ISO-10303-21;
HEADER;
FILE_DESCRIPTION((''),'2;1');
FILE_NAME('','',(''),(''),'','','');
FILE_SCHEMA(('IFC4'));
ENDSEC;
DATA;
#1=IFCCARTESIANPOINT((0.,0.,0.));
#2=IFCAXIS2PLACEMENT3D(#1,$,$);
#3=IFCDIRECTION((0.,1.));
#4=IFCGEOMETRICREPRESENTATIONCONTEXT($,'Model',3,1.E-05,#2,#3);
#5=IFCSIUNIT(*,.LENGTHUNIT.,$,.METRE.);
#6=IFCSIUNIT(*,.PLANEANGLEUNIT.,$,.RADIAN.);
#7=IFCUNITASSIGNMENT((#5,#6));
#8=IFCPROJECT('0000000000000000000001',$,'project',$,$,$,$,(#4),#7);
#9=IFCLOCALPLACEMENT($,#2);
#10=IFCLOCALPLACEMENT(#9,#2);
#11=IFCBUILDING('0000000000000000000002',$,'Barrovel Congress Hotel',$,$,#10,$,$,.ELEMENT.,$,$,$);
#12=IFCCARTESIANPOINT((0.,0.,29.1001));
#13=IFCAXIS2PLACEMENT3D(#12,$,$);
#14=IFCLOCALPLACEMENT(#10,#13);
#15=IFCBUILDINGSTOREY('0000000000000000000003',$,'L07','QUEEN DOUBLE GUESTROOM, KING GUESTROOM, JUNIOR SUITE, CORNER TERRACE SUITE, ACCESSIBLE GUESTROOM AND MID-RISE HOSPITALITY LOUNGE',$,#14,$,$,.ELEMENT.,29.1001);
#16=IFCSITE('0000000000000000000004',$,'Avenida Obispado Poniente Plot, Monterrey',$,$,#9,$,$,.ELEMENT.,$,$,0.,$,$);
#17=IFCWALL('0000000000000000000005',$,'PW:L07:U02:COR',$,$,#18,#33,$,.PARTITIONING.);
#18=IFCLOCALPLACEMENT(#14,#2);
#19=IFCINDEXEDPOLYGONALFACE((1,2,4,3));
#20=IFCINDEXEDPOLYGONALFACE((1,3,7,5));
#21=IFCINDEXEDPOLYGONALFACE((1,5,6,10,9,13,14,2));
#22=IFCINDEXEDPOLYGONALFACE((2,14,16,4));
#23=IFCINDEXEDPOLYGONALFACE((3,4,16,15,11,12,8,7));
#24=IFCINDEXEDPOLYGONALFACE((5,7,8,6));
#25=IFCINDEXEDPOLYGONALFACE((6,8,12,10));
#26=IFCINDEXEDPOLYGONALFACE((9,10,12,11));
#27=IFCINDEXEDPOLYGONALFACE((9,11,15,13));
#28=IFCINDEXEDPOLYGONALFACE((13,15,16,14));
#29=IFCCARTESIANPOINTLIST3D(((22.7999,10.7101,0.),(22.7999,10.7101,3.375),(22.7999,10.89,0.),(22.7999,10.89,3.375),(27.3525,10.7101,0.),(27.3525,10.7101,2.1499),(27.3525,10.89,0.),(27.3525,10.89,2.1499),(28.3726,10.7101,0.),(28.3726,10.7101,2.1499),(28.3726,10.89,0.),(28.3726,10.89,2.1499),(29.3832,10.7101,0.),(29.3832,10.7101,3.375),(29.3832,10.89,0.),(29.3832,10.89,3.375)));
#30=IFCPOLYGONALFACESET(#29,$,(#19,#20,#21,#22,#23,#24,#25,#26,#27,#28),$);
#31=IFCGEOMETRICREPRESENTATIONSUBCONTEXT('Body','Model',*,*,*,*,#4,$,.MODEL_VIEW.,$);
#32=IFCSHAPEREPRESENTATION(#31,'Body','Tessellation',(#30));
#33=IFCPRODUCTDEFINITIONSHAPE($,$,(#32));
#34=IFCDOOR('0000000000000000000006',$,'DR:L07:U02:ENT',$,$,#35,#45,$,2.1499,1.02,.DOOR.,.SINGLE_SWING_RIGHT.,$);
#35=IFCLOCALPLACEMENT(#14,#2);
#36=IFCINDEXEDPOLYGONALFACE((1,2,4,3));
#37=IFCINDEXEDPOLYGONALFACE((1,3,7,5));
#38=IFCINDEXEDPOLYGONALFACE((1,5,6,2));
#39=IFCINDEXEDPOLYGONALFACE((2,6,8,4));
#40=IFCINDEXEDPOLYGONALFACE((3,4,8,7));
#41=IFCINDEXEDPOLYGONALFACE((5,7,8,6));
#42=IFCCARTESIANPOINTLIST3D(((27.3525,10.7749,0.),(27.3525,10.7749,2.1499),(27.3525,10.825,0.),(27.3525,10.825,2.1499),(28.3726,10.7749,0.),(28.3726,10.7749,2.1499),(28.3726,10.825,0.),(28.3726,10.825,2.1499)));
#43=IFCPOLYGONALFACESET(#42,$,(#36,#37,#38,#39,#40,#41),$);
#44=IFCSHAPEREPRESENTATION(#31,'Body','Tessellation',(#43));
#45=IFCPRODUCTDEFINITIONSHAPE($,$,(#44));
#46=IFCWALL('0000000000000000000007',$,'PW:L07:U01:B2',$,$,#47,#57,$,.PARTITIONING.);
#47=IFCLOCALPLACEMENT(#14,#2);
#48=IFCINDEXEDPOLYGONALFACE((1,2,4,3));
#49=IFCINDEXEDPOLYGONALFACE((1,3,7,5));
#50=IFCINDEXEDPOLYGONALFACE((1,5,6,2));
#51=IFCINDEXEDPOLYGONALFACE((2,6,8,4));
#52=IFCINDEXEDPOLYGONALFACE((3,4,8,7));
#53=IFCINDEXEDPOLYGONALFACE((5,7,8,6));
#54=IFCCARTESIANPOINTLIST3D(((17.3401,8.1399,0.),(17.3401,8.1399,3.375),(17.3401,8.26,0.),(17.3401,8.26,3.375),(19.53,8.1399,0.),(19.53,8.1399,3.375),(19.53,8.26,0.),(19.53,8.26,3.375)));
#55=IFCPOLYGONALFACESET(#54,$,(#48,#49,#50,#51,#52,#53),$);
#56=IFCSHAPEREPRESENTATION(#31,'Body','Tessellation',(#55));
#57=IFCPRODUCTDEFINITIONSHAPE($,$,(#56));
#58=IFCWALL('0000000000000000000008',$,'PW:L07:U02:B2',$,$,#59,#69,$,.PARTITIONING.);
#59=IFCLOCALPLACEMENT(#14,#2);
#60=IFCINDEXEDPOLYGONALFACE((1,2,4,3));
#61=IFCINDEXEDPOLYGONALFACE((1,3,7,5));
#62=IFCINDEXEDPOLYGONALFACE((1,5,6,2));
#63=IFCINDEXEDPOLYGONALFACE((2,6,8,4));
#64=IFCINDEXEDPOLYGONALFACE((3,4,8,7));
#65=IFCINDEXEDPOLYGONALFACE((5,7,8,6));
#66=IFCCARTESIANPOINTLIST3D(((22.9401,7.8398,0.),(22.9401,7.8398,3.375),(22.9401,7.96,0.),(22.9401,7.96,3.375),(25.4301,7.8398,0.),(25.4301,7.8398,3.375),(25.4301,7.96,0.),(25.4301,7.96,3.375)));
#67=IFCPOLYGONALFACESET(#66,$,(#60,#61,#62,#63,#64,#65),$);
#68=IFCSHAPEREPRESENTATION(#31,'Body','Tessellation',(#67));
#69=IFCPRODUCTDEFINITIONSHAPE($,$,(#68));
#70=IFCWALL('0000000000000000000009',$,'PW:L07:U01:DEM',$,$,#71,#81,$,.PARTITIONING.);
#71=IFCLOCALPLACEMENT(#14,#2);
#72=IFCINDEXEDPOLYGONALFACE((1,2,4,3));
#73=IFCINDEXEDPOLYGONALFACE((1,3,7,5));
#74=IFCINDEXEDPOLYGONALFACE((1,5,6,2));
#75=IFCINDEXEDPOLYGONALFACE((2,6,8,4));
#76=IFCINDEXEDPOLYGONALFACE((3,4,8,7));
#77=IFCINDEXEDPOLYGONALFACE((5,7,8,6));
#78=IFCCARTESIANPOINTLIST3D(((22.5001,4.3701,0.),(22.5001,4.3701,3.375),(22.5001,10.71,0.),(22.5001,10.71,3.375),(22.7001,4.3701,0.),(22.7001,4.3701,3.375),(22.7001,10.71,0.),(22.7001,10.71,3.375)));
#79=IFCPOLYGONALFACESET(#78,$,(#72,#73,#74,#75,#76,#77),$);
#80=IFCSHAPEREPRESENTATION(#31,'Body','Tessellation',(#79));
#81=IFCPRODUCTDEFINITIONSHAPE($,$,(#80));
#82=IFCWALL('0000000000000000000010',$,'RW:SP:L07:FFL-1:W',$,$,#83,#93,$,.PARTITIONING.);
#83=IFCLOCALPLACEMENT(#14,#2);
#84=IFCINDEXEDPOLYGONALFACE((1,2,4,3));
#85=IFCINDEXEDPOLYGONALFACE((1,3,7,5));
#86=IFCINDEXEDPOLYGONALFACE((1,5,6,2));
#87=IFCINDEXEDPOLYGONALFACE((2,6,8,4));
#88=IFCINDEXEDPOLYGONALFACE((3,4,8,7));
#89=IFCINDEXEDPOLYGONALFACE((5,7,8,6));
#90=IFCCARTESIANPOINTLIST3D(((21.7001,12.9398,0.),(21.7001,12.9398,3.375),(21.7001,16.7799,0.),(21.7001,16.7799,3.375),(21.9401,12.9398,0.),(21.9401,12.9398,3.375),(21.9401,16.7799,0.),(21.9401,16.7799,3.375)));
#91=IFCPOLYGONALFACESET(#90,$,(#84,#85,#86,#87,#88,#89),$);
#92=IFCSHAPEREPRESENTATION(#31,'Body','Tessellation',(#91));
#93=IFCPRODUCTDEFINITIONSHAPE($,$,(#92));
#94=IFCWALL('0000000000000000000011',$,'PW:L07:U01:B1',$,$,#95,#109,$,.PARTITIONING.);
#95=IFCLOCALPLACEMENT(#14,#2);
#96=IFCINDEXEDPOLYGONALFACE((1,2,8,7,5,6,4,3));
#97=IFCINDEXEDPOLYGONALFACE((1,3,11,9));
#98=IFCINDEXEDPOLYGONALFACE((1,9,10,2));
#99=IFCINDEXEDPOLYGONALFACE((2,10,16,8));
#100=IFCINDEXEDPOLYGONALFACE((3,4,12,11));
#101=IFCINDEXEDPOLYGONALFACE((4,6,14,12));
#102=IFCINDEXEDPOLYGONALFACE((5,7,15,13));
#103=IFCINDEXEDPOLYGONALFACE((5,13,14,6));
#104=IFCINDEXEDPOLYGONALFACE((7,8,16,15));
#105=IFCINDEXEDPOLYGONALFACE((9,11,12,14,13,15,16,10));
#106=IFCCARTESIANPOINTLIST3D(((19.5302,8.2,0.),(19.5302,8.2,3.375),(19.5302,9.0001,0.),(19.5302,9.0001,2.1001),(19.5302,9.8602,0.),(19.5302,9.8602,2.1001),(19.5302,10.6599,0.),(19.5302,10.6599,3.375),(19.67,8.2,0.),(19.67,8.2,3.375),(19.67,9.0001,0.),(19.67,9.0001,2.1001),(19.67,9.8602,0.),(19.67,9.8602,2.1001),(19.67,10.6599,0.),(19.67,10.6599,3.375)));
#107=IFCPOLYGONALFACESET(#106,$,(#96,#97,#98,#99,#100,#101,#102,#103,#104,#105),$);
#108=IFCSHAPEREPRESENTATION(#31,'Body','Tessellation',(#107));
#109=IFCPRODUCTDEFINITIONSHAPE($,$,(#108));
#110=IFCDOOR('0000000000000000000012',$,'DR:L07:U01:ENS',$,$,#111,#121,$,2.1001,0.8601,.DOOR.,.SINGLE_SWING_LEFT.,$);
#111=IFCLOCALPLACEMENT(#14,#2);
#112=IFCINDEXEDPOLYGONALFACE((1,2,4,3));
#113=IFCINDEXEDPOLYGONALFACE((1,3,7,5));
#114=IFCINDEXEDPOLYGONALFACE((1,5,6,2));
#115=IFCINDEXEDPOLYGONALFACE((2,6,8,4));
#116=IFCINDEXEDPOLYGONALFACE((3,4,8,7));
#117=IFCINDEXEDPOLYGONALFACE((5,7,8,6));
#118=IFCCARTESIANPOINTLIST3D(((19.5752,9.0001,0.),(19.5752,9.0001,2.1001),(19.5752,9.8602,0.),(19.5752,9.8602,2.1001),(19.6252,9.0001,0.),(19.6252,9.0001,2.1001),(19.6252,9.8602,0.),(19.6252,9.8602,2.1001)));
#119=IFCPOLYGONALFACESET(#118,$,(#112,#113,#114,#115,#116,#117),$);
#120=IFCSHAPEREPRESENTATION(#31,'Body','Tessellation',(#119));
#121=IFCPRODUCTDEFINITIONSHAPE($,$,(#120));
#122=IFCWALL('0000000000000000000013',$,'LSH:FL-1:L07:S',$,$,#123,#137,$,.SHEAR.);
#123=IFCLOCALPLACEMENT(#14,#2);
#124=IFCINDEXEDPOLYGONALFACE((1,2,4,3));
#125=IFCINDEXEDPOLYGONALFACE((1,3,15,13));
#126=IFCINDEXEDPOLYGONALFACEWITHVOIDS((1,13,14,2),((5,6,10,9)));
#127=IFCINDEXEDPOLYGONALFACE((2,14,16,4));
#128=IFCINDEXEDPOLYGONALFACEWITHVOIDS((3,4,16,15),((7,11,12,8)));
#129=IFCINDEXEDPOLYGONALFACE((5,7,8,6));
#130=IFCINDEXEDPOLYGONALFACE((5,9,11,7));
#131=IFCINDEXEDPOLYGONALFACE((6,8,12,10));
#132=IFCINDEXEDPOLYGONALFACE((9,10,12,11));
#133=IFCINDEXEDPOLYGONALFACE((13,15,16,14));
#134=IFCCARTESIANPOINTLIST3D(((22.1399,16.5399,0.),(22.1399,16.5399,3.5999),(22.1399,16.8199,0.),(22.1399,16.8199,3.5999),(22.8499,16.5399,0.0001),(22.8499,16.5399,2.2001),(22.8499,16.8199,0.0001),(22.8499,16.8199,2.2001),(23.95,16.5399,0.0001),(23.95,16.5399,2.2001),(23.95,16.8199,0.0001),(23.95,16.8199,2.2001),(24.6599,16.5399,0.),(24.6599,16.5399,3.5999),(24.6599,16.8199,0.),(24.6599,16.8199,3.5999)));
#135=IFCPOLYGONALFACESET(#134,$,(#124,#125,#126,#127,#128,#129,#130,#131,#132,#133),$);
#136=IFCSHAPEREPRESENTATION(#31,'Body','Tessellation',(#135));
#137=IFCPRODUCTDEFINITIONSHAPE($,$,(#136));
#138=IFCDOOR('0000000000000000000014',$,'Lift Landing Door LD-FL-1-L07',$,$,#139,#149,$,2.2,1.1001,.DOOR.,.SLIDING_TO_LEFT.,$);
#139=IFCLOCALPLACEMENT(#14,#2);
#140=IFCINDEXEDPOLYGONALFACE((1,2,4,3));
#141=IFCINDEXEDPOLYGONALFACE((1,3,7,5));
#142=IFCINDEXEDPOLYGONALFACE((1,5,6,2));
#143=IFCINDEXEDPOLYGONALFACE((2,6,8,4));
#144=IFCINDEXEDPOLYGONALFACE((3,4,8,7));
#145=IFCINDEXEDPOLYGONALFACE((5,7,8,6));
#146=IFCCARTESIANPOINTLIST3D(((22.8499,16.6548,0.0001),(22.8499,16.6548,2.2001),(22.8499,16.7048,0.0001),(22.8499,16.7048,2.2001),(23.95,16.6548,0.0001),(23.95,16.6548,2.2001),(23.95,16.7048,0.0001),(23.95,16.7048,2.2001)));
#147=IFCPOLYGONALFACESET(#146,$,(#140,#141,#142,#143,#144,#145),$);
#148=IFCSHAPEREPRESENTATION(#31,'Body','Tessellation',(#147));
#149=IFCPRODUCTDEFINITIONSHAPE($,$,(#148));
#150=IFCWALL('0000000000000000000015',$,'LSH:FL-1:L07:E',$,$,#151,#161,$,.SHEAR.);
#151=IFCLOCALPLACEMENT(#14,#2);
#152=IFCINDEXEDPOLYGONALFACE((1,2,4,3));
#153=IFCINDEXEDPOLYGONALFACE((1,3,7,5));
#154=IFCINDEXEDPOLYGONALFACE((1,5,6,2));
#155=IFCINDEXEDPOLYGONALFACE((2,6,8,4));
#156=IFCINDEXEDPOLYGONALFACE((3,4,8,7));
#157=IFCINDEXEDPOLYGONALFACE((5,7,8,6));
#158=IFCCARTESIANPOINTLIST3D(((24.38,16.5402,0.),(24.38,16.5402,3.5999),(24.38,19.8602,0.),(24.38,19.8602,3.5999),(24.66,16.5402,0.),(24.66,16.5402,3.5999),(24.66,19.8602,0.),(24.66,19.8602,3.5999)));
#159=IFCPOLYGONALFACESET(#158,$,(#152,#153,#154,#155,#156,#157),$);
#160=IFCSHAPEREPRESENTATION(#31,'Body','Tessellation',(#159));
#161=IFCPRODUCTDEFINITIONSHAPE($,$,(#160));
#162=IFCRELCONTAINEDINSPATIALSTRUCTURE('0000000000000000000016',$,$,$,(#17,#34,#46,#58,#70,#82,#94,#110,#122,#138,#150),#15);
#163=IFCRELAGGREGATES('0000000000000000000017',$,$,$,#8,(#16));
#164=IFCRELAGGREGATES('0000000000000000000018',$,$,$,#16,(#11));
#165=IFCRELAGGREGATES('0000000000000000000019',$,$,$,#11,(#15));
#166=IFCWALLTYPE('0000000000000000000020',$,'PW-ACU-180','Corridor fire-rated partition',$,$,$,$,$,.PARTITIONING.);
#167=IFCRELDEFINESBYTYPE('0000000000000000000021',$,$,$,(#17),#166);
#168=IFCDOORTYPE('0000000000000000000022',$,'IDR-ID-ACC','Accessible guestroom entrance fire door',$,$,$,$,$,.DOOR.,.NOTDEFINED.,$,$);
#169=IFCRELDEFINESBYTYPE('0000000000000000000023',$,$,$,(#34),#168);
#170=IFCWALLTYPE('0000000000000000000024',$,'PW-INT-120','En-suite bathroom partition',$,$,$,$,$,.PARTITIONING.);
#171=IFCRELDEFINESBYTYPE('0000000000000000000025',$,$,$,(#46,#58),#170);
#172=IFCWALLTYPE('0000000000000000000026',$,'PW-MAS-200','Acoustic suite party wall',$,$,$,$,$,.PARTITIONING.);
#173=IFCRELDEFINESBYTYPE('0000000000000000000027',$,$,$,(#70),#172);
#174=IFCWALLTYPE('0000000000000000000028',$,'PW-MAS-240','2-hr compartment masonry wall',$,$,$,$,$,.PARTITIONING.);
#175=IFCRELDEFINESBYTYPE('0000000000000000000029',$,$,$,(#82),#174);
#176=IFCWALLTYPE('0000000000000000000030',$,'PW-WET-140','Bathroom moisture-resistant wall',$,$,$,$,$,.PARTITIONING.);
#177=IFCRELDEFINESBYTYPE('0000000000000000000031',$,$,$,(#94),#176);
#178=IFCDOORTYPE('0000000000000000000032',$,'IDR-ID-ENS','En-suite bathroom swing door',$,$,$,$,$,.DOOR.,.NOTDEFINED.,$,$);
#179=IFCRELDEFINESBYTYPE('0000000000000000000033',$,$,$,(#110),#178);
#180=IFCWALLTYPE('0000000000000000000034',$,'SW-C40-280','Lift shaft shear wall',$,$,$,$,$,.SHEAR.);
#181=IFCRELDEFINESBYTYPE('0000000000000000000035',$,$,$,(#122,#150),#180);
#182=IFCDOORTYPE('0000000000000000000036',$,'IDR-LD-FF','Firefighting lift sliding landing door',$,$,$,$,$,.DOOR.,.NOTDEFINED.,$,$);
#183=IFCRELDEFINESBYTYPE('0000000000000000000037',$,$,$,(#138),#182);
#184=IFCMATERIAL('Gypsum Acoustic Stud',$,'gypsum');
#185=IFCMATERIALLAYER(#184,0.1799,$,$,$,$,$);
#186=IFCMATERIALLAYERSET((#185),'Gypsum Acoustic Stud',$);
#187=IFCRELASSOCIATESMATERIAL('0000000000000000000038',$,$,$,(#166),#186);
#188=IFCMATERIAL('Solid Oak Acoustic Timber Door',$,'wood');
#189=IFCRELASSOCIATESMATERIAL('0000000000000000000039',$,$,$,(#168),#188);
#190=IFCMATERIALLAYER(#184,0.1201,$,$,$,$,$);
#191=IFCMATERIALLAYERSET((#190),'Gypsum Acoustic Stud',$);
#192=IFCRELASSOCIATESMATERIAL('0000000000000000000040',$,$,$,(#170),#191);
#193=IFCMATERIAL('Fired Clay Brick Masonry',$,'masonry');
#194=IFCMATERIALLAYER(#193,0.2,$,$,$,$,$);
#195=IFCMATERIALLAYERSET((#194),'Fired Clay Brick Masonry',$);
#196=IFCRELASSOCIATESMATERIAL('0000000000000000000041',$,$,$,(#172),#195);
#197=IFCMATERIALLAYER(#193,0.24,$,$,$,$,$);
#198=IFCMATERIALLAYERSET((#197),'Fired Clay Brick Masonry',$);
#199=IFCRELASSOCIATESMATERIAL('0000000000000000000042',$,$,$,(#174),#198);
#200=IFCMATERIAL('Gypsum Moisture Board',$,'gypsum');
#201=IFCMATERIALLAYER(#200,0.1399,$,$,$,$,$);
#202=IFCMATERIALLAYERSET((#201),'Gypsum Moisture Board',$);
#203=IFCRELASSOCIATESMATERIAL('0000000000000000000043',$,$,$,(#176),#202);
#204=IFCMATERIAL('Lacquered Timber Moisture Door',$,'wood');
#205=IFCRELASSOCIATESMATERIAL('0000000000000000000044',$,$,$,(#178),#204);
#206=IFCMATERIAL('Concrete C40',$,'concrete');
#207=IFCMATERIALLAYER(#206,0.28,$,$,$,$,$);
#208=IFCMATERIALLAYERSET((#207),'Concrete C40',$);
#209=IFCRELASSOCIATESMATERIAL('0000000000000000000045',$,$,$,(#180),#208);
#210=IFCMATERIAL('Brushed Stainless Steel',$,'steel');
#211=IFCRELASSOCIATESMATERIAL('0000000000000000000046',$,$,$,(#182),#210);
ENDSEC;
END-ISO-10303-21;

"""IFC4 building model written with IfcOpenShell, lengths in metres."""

from ifc_helpers import new_model, si_unit, direction, frame, frame_2d, origin, place, context, subcontext, project, spatial, rectangle, extrude, material, layer, layer_set, type_object, element, fill, save


model = new_model("IFC4")

# Units and contexts
model_context = context("Model", 3, precision=1e-05, world=origin(), true_north=direction((0.0, 1.0)))
body_context = subcontext(model_context, "Body", "Model", "MODEL_VIEW")
ifc_project = project(units=[si_unit("LENGTHUNIT", "METRE"), si_unit("PLANEANGLEUNIT", "RADIAN")], contexts=[model_context])

# Site, building, storey
site_placement = place(None, origin())
site = spatial("IfcSite", under=ifc_project, at=site_placement, Name="Avenida Obispado Poniente Plot, Monterrey", CompositionType="ELEMENT", RefElevation=0.0)
building_placement = place(site_placement, origin())
building = spatial("IfcBuilding", under=site, at=building_placement, Name="Barrovel Congress Hotel", CompositionType="ELEMENT")
storey_placement = place(building_placement, frame((0.0, 0.0, 29.1001)))
storey = spatial("IfcBuildingStorey", under=building, at=storey_placement, Name="L07", Description="QUEEN DOUBLE GUESTROOM, KING GUESTROOM, JUNIOR SUITE, CORNER TERRACE SUITE, ACCESSIBLE GUESTROOM AND MID-RISE HOSPITALITY LOUNGE", CompositionType="ELEMENT", Elevation=29.1001)

# Shared definitions
ifc_material_1 = material(Name="Concrete C40", Category="concrete")

# Shared definitions
ifc_material_2 = material(Name="Fired Clay Brick Masonry", Category="masonry")

# Wall, opening, door
ifc_material_3 = material(Name="Gypsum Acoustic Stud", Category="gypsum")
ifc_layer_1 = layer(ifc_material_3, 0.1799)
ifc_layer_set_1 = layer_set([ifc_layer_1], Name="Gypsum Acoustic Stud")
wall_type_1 = type_object("IfcWallType", Name="PW-ACU-180", Description="Corridor fire-rated partition", PredefinedType="PARTITIONING", material=ifc_layer_set_1)
wall_1_placement = place(storey_placement, frame((22.8, 10.8, 0.0), z_axis=(0.0, 0.0, 1.0), x_axis=(1.0, 0.0, 0.0)))
wall_1 = element("IfcWall", 1, at=wall_1_placement, inside=storey, type_object=wall_type_1, Name="PW:L07:U02:COR", PredefinedType="PARTITIONING", context=body_context, shape_type="SweptSolid", body=[
    extrude(rectangle(XDim=6.5833, YDim=0.1799, at=frame_2d((3.2915, 0.0))), origin(), (0.0, 0.0, 1.0), 3.375),
])
opening_1_placement = place(wall_1_placement, frame((4.5525, 0.0, 0.0)))
opening_1 = element("IfcOpeningElement", 2, at=opening_1_placement, cuts=wall_1, PredefinedType="OPENING", context=body_context, shape_type="SweptSolid", body=[
    extrude(rectangle(XDim=1.02, YDim=2.1499, at=frame_2d((0.51, 1.075))), frame((0.0, 0.1001, 0.0), z_axis=(0.0, -1.0, 0.0), x_axis=(1.0, 0.0, 0.0)), (0.0, 0.0, 1.0), 0.2),
])
ifc_material_4 = material(Name="Solid Oak Acoustic Timber Door", Category="wood")
door_type_1 = type_object("IfcDoorType", Name="IDR-ID-ACC", Description="Accessible guestroom entrance fire door", OperationType="NOTDEFINED", PredefinedType="DOOR", material=ifc_material_4)
door_1_placement = place(opening_1_placement, origin())
door_1 = element("IfcDoor", 3, at=door_1_placement, inside=storey, type_object=door_type_1, Name="DR:L07:U02:ENT", OperationType="SINGLE_SWING_RIGHT", OverallHeight=2.1499, OverallWidth=1.02, PredefinedType="DOOR", context=body_context, shape_type="SweptSolid", body=[
    extrude(rectangle(XDim=1.02, YDim=2.1499, at=frame_2d((0.51, 1.075))), frame((0.0, 0.0249, 0.0), z_axis=(0.0, -1.0, 0.0), x_axis=(1.0, 0.0, 0.0)), (0.0, 0.0, 1.0), 0.05),
])
fill(opening_1, door_1)

# Walls
ifc_layer_2 = layer(ifc_material_3, 0.1201)
ifc_layer_set_2 = layer_set([ifc_layer_2], Name="Gypsum Acoustic Stud")
wall_type_2 = type_object("IfcWallType", Name="PW-INT-120", Description="En-suite bathroom partition", PredefinedType="PARTITIONING", material=ifc_layer_set_2)
wall_2_placement = place(storey_placement, frame((17.3401, 8.2, 0.0), z_axis=(0.0, 0.0, 1.0), x_axis=(1.0, 0.0, 0.0)))
element("IfcWall", 4, at=wall_2_placement, inside=storey, type_object=wall_type_2, Name="PW:L07:U01:B2", PredefinedType="PARTITIONING", context=body_context, shape_type="SweptSolid", body=[
    extrude(rectangle(XDim=2.1899, YDim=0.1201, at=frame_2d((1.095, 0.0))), origin(), (0.0, 0.0, 1.0), 3.375),
])
wall_3_placement = place(storey_placement, frame((22.9399, 7.8999, 0.0), z_axis=(0.0, 0.0, 1.0), x_axis=(1.0, 0.0, 0.0)))
element("IfcWall", 5, at=wall_3_placement, inside=storey, type_object=wall_type_2, Name="PW:L07:U02:B2", PredefinedType="PARTITIONING", context=body_context, shape_type="SweptSolid", body=[
    extrude(rectangle(XDim=2.49, YDim=0.1201, at=frame_2d((1.2451, 0.0))), origin(), (0.0, 0.0, 1.0), 3.375),
])
ifc_layer_3 = layer(ifc_material_2, 0.2)
ifc_layer_set_3 = layer_set([ifc_layer_3], Name="Fired Clay Brick Masonry")
wall_type_3 = type_object("IfcWallType", Name="PW-MAS-200", Description="Acoustic suite party wall", PredefinedType="PARTITIONING", material=ifc_layer_set_3)
wall_4_placement = place(storey_placement, frame((22.6001, 4.3701, 0.0), z_axis=(0.0, 0.0, 1.0), x_axis=(0.0, 1.0, 0.0)))
element("IfcWall", 6, at=wall_4_placement, inside=storey, type_object=wall_type_3, Name="PW:L07:U01:DEM", PredefinedType="PARTITIONING", context=body_context, shape_type="SweptSolid", body=[
    extrude(rectangle(XDim=6.3398, YDim=0.2, at=frame_2d((3.1699, 0.0))), origin(), (0.0, 0.0, 1.0), 3.375),
])

# Shared definitions
ifc_layer_4 = layer(ifc_material_2, 0.24)
ifc_layer_set_4 = layer_set([ifc_layer_4], Name="Fired Clay Brick Masonry")
wall_type_4 = type_object("IfcWallType", Name="PW-MAS-240", Description="2-hr compartment masonry wall", PredefinedType="PARTITIONING", material=ifc_layer_set_4)

# Wall
wall_5_placement = place(storey_placement, frame((21.8201, 12.9399, 0.0), z_axis=(0.0, 0.0, 1.0), x_axis=(0.0, 1.0, 0.0)))
element("IfcWall", 7, at=wall_5_placement, inside=storey, type_object=wall_type_4, Name="RW:SP:L07:FFL-1:W", PredefinedType="PARTITIONING", context=body_context, shape_type="SweptSolid", body=[
    extrude(rectangle(XDim=3.8401, YDim=0.24, at=frame_2d((1.9199, 0.0))), origin(), (0.0, 0.0, 1.0), 3.375),
])

# Walls, openings, doors
ifc_material_5 = material(Name="Gypsum Moisture Board", Category="gypsum")
ifc_layer_5 = layer(ifc_material_5, 0.1399)
ifc_layer_set_5 = layer_set([ifc_layer_5], Name="Gypsum Moisture Board")
wall_type_5 = type_object("IfcWallType", Name="PW-WET-140", Description="Bathroom moisture-resistant wall", PredefinedType="PARTITIONING", material=ifc_layer_set_5)
wall_6_placement = place(storey_placement, frame((19.6001, 8.2, 0.0), z_axis=(0.0, 0.0, 1.0), x_axis=(0.0, 1.0, 0.0)))
wall_6 = element("IfcWall", 8, at=wall_6_placement, inside=storey, type_object=wall_type_5, Name="PW:L07:U01:B1", PredefinedType="PARTITIONING", context=body_context, shape_type="SweptSolid", body=[
    extrude(rectangle(XDim=2.46, YDim=0.1399, at=frame_2d((1.23, 0.0))), origin(), (0.0, 0.0, 1.0), 3.375),
])
opening_2_placement = place(wall_6_placement, frame((0.8, 0.0, 0.0)))
opening_2 = element("IfcOpeningElement", 9, at=opening_2_placement, cuts=wall_6, PredefinedType="OPENING", context=body_context, shape_type="SweptSolid", body=[
    extrude(rectangle(XDim=0.8601, YDim=2.1001, at=frame_2d((0.4302, 1.05))), frame((0.0, 0.0801, 0.0), z_axis=(0.0, -1.0, 0.0), x_axis=(1.0, 0.0, 0.0)), (0.0, 0.0, 1.0), 0.1599),
])
ifc_material_6 = material(Name="Lacquered Timber Moisture Door", Category="wood")
door_type_2 = type_object("IfcDoorType", Name="IDR-ID-ENS", Description="En-suite bathroom swing door", OperationType="NOTDEFINED", PredefinedType="DOOR", material=ifc_material_6)
door_2_placement = place(opening_2_placement, origin())
door_2 = element("IfcDoor", 10, at=door_2_placement, inside=storey, type_object=door_type_2, Name="DR:L07:U01:ENS", OperationType="SINGLE_SWING_LEFT", OverallHeight=2.1001, OverallWidth=0.8601, PredefinedType="DOOR", context=body_context, shape_type="SweptSolid", body=[
    extrude(rectangle(XDim=0.8601, YDim=2.1001, at=frame_2d((0.4302, 1.05))), frame((0.0, 0.0249, 0.0), z_axis=(0.0, -1.0, 0.0), x_axis=(1.0, 0.0, 0.0)), (0.0, 0.0, 1.0), 0.05),
])
fill(opening_2, door_2)
ifc_layer_6 = layer(ifc_material_1, 0.28)
ifc_layer_set_6 = layer_set([ifc_layer_6], Name="Concrete C40")
wall_type_6 = type_object("IfcWallType", Name="SW-C40-280", Description="Lift shaft shear wall", PredefinedType="SHEAR", material=ifc_layer_set_6)
wall_7_placement = place(storey_placement, frame((22.1399, 16.6799, 0.0), z_axis=(0.0, 0.0, 1.0), x_axis=(1.0, 0.0, 0.0)))
wall_7 = element("IfcWall", 11, at=wall_7_placement, inside=storey, type_object=wall_type_6, Name="LSH:FL-1:L07:S", PredefinedType="SHEAR", context=body_context, shape_type="SweptSolid", body=[
    extrude(rectangle(XDim=2.52, YDim=0.28, at=frame_2d((1.26, 0.0))), origin(), (0.0, 0.0, 1.0), 3.5999),
])
opening_3_placement = place(wall_7_placement, frame((0.71, 0.0, 0.0)))
opening_3 = element("IfcOpeningElement", 12, at=opening_3_placement, cuts=wall_7, PredefinedType="OPENING", context=body_context, shape_type="SweptSolid", body=[
    extrude(rectangle(XDim=1.1001, YDim=2.2, at=frame_2d((0.55, 1.1001))), frame((0.0, 0.1499, 0.0), z_axis=(0.0, -1.0, 0.0), x_axis=(1.0, 0.0, 0.0)), (0.0, 0.0, 1.0), 0.3),
])
ifc_material_7 = material(Name="Brushed Stainless Steel", Category="steel")
door_type_3 = type_object("IfcDoorType", Name="IDR-LD-FF", Description="Firefighting lift sliding landing door", OperationType="NOTDEFINED", PredefinedType="DOOR", material=ifc_material_7)
door_3_placement = place(opening_3_placement, origin())
door_3 = element("IfcDoor", 13, at=door_3_placement, inside=storey, type_object=door_type_3, Name="Lift Landing Door LD-FL-1-L07", OperationType="SLIDING_TO_LEFT", OverallHeight=2.2, OverallWidth=1.1001, PredefinedType="DOOR", context=body_context, shape_type="SweptSolid", body=[
    extrude(rectangle(XDim=1.1001, YDim=2.2, at=frame_2d((0.55, 1.1001))), frame((0.0, 0.0249, 0.0), z_axis=(0.0, -1.0, 0.0), x_axis=(1.0, 0.0, 0.0)), (0.0, 0.0, 1.0), 0.05),
])
fill(opening_3, door_3)

# Wall
wall_8_placement = place(storey_placement, frame((24.52, 16.54, 0.0), z_axis=(0.0, 0.0, 1.0), x_axis=(0.0, 1.0, 0.0)))
element("IfcWall", 14, at=wall_8_placement, inside=storey, type_object=wall_type_6, Name="LSH:FL-1:L07:E", PredefinedType="SHEAR", context=body_context, shape_type="SweptSolid", body=[
    extrude(rectangle(XDim=3.3201, YDim=0.28, at=frame_2d((1.6602, 0.0))), origin(), (0.0, 0.0, 1.0), 3.5999),
])

save(model, "model.ifc")
